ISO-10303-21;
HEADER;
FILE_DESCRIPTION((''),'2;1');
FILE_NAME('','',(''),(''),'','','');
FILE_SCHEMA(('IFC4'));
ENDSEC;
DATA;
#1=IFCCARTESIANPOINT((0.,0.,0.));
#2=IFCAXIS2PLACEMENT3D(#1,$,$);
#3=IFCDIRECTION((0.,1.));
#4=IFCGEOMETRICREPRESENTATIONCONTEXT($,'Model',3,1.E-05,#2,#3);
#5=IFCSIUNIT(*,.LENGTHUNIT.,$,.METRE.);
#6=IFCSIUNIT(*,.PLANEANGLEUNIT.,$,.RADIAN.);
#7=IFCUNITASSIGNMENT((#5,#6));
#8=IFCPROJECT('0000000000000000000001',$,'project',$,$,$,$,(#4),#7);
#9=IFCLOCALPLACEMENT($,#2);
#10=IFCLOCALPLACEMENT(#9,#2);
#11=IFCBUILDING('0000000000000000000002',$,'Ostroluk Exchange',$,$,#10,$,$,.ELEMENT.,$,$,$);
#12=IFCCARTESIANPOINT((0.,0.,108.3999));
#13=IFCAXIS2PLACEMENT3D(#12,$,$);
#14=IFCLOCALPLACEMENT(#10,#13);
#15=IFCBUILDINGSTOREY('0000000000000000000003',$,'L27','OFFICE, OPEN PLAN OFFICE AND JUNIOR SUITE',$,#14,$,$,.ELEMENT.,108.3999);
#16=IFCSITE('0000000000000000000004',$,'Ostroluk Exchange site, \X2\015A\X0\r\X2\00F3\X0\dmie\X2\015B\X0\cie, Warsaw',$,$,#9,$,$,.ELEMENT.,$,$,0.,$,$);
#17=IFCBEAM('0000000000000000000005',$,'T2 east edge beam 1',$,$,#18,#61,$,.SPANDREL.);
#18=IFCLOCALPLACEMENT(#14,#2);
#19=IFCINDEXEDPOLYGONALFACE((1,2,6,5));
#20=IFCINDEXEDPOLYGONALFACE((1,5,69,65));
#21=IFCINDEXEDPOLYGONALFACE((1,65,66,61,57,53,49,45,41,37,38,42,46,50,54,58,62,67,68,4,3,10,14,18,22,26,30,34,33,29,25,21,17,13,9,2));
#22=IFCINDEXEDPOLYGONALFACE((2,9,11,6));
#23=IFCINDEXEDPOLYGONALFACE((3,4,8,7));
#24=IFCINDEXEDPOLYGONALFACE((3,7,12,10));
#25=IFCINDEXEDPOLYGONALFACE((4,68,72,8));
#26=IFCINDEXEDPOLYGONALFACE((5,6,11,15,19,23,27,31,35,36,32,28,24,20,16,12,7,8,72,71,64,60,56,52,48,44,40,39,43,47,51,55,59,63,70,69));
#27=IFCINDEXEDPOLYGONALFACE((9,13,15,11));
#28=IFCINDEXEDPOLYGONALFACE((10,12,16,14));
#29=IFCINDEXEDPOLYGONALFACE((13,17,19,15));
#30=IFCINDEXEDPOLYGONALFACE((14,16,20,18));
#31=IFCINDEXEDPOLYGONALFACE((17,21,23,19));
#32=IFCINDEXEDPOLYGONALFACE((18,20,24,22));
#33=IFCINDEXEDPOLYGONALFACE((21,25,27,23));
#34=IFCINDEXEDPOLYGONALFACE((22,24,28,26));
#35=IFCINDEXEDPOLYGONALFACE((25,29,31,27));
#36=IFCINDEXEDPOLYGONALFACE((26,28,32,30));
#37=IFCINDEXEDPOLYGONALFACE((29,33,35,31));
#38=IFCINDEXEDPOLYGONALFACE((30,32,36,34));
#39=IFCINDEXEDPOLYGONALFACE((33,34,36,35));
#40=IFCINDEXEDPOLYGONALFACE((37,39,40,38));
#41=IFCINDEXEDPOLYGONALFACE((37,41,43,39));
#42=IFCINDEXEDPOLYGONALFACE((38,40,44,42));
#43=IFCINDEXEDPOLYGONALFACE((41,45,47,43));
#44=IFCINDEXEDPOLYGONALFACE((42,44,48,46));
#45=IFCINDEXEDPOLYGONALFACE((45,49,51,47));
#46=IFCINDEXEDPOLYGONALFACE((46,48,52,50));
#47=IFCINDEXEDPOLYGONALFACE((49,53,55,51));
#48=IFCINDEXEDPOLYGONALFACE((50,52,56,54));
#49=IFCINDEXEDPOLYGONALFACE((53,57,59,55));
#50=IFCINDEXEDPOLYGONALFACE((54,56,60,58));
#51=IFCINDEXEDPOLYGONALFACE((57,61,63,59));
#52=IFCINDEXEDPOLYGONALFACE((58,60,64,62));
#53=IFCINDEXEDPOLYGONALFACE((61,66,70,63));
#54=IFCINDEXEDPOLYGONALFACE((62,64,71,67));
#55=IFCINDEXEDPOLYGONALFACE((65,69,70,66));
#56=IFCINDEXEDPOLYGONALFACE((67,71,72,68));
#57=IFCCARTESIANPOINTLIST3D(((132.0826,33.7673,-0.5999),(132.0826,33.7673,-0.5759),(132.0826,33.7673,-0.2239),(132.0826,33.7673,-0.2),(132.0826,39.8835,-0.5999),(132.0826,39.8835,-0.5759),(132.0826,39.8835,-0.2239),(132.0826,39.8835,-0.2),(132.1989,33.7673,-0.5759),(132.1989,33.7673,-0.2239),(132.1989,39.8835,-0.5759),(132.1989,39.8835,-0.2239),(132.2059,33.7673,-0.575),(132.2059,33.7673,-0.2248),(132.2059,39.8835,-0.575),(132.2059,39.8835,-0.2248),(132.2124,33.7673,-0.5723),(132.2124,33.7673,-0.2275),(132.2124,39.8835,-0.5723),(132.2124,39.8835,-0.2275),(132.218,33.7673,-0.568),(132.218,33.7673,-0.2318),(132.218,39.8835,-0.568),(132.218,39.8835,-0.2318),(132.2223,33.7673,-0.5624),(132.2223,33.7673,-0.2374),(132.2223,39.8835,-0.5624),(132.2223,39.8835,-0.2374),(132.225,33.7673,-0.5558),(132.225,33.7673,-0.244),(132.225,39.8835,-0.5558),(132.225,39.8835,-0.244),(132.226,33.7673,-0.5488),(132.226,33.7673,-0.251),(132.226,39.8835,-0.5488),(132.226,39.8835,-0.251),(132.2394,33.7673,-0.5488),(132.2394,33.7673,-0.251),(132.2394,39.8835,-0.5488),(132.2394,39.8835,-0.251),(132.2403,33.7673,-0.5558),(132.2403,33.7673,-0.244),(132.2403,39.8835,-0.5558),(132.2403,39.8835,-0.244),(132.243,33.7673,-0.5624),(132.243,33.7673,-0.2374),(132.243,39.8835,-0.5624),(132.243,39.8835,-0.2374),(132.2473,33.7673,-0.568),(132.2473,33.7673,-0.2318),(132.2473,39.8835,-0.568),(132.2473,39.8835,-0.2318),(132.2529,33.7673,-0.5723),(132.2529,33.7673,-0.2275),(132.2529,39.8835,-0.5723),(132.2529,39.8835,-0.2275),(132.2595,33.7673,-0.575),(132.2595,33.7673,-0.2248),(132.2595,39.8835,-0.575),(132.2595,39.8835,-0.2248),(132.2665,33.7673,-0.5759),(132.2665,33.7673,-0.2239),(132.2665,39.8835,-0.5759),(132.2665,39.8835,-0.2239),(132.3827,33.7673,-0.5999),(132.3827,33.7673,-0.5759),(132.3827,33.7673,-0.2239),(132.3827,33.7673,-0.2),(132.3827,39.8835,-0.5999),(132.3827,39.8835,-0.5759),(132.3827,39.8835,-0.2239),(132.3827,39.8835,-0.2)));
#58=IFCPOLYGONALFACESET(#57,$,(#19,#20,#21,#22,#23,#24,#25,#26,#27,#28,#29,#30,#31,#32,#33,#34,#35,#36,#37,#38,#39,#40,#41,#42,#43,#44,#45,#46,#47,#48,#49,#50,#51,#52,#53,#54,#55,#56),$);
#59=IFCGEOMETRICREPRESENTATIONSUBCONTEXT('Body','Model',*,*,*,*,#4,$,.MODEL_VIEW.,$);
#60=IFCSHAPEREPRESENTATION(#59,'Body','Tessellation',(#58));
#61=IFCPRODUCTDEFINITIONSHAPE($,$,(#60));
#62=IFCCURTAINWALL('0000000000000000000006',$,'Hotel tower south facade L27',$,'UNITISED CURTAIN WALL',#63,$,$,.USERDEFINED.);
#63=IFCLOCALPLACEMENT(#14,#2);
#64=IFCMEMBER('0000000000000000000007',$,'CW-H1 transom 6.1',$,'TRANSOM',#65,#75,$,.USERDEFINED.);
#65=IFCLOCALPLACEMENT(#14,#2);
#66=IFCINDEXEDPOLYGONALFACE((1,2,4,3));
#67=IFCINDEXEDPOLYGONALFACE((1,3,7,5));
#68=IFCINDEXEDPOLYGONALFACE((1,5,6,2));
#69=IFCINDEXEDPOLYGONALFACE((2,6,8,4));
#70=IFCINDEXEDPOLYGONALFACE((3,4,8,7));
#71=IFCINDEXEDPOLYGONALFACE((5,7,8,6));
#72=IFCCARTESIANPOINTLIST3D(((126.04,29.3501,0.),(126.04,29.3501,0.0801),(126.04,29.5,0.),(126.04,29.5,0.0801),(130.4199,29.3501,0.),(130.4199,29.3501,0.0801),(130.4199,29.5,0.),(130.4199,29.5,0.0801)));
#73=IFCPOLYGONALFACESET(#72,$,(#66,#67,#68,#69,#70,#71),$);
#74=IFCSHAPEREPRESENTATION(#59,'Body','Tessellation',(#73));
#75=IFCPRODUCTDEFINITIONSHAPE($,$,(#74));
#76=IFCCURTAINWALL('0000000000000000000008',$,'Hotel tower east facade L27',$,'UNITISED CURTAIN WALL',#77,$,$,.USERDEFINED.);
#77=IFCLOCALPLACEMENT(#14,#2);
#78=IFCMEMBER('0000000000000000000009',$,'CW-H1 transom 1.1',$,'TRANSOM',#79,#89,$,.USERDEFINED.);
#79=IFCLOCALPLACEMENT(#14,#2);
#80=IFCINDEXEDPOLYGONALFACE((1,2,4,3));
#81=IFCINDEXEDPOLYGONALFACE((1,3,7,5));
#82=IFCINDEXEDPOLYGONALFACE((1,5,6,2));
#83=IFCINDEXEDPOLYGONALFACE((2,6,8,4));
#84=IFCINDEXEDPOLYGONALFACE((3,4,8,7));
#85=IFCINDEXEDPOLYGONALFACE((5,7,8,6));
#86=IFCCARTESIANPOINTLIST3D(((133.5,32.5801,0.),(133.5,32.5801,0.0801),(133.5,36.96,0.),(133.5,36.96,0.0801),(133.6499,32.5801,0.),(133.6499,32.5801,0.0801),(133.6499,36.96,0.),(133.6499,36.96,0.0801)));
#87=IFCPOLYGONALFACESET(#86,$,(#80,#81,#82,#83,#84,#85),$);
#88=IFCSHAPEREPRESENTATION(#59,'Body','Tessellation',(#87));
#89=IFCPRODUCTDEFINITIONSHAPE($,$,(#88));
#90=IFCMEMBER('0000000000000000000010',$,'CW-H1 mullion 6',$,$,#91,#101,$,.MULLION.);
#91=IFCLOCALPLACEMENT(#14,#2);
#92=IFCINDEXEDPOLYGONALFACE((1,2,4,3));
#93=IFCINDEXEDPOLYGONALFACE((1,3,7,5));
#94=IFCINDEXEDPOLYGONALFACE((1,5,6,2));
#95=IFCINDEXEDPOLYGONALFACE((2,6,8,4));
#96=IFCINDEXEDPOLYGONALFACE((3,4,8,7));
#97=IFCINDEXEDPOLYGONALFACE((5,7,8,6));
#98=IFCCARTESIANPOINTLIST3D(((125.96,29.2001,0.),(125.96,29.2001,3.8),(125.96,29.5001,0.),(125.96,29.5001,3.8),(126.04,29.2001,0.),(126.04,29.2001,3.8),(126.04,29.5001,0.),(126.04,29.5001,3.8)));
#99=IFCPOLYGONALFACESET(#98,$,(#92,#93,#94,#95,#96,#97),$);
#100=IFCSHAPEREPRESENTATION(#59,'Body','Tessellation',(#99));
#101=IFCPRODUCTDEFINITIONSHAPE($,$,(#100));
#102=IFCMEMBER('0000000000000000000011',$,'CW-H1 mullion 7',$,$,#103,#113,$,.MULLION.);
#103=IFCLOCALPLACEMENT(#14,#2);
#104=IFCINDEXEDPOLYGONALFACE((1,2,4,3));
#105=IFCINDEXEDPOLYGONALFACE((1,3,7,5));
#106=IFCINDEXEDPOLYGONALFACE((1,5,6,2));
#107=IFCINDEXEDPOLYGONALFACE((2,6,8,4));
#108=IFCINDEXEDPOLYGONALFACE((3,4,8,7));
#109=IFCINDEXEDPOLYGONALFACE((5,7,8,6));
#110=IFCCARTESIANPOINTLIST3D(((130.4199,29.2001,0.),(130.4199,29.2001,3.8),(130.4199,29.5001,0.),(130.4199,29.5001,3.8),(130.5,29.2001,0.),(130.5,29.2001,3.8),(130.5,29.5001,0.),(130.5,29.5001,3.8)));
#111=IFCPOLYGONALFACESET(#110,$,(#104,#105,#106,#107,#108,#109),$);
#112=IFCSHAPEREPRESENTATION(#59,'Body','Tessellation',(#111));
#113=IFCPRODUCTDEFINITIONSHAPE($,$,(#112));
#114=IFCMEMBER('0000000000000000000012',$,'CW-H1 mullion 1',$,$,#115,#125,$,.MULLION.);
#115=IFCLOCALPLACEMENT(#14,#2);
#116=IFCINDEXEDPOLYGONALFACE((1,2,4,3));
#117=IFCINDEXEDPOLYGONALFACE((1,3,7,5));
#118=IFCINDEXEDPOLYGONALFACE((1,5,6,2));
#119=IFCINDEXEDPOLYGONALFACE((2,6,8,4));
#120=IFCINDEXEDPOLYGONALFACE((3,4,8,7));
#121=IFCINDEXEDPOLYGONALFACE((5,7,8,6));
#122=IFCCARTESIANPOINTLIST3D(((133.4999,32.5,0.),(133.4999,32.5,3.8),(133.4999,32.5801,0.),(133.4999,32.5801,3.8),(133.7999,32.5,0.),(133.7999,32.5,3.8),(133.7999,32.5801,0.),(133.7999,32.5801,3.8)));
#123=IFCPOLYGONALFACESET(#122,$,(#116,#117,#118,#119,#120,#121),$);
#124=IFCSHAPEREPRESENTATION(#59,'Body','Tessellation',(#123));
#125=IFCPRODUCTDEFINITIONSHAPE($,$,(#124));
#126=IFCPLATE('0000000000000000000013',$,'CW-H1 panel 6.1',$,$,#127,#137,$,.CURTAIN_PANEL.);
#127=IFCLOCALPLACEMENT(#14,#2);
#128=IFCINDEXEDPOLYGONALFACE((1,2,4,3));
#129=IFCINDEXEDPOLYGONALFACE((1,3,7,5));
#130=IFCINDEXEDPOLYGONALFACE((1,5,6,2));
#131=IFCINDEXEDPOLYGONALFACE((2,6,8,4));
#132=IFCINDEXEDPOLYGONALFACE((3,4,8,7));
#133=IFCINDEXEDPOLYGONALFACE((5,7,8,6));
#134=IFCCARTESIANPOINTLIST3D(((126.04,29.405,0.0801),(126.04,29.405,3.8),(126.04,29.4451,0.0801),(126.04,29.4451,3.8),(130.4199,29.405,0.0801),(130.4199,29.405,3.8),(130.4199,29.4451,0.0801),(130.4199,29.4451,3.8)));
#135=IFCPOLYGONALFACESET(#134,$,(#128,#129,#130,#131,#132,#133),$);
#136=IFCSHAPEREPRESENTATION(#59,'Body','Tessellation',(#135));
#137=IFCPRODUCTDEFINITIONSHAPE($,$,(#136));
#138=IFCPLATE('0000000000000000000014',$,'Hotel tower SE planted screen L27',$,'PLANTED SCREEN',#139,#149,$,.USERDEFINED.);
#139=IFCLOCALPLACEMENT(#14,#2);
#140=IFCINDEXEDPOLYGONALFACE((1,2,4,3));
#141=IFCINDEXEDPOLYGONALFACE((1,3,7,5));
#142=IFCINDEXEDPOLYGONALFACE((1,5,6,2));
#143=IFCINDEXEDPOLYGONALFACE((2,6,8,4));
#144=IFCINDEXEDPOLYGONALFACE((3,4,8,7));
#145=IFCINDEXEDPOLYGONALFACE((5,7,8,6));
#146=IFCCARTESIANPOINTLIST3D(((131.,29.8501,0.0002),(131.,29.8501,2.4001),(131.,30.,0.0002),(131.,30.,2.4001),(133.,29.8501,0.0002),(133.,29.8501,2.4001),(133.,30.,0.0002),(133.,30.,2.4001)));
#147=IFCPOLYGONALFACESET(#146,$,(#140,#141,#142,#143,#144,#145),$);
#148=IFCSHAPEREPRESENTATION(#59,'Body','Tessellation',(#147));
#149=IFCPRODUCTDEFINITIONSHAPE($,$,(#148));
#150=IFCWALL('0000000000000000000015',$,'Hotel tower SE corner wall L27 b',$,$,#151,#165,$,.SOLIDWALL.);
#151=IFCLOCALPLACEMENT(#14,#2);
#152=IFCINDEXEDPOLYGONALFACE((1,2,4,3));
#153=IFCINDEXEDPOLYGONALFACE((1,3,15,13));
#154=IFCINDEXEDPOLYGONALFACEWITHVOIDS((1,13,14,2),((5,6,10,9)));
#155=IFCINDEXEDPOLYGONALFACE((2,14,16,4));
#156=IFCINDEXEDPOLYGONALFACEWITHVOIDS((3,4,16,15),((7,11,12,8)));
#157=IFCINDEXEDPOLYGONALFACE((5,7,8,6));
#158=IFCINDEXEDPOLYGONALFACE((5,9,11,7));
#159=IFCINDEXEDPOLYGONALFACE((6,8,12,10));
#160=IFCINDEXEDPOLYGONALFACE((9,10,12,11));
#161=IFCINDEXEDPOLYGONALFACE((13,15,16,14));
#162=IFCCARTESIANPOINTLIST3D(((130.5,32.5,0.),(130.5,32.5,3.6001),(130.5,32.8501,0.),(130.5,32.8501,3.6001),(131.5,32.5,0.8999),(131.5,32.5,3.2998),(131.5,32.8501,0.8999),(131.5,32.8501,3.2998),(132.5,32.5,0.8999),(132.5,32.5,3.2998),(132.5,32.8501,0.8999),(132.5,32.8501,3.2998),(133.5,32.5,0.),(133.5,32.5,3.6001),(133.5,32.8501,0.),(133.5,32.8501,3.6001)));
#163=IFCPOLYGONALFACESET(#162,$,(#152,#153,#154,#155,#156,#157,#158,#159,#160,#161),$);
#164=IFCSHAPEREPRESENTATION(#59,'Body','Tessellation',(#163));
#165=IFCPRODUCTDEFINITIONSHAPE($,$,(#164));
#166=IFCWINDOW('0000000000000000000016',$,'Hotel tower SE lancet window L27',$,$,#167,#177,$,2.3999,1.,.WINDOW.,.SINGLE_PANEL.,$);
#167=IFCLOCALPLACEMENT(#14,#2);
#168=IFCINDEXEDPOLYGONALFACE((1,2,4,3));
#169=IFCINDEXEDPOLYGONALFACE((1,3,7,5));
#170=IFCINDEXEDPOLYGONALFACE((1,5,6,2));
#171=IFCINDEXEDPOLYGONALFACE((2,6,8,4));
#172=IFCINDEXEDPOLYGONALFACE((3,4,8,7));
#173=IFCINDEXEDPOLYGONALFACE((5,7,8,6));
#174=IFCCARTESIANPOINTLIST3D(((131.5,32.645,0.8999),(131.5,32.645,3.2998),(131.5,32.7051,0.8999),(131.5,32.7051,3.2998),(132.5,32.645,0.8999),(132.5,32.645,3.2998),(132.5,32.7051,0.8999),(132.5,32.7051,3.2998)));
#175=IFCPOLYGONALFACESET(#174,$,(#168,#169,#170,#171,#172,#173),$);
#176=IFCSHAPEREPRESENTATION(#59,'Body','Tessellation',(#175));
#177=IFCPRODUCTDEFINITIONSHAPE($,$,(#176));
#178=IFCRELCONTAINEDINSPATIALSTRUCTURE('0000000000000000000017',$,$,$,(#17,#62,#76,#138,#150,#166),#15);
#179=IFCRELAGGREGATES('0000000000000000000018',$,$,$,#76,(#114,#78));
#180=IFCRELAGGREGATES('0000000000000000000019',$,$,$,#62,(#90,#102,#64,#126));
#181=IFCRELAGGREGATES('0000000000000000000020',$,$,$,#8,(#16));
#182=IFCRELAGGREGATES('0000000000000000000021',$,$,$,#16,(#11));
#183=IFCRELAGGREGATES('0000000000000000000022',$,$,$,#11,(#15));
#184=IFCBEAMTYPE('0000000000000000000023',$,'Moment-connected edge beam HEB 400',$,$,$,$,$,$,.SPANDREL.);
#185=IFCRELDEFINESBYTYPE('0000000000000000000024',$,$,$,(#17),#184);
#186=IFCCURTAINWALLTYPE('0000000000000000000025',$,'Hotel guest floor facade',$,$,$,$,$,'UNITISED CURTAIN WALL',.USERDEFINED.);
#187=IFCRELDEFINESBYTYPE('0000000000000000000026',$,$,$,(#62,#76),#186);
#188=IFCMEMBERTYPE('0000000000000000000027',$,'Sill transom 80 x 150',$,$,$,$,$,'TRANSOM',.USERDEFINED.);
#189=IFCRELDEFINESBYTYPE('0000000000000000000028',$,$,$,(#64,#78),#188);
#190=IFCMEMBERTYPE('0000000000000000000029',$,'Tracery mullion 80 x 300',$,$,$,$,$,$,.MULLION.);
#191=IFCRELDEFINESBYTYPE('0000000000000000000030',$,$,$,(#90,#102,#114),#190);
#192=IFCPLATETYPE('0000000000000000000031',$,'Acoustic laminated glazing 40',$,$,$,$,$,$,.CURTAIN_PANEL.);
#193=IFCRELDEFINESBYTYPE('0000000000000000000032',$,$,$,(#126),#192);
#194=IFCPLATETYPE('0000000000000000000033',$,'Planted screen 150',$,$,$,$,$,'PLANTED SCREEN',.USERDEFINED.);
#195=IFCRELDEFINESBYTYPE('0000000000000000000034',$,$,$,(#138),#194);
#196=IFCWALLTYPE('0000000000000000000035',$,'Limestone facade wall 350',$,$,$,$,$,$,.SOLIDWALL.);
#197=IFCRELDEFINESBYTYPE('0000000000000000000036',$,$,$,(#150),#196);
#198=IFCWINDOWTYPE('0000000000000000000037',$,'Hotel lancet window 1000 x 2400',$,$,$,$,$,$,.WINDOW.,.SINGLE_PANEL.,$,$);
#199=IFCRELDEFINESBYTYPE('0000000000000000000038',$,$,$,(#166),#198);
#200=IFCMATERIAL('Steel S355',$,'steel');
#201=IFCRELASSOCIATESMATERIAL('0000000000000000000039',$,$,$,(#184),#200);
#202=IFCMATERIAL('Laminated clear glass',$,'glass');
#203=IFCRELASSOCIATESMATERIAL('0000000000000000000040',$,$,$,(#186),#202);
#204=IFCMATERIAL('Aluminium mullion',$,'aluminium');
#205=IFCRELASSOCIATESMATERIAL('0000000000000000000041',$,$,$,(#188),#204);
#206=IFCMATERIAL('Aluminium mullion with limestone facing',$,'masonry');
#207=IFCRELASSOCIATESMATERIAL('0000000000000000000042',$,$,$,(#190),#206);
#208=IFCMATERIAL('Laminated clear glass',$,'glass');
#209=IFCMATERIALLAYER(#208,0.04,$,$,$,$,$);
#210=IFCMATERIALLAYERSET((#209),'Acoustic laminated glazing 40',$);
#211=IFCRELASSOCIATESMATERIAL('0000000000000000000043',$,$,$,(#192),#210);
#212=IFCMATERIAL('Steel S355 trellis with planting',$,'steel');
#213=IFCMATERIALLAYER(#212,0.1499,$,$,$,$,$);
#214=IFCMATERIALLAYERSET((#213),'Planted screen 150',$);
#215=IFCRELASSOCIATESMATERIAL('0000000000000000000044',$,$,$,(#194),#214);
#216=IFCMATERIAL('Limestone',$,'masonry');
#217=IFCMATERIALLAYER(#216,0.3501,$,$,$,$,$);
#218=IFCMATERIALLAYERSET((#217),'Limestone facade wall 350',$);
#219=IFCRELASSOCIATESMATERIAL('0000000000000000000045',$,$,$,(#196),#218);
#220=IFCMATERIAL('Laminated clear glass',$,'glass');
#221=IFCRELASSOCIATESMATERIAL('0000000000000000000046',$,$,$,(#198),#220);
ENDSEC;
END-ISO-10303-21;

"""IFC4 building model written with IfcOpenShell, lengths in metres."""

from ifc_helpers import new_model, si_unit, direction, frame, frame_2d, origin, origin_2d, place, context, subcontext, project, spatial, rectangle, i_section, extrude, material, layer, layer_set, material_profile, profile_set, type_object, element, fill, aggregate, save


model = new_model("IFC4")

# Units and contexts
model_context = context("Model", 3, precision=1e-05, world=origin(), true_north=direction((0.0, 1.0)))
body_context = subcontext(model_context, "Body", "Model", "MODEL_VIEW")
ifc_project = project(units=[si_unit("LENGTHUNIT", "METRE"), si_unit("PLANEANGLEUNIT", "RADIAN")], contexts=[model_context])

# Site, building, storey
site_placement = place(None, origin())
site = spatial("IfcSite", under=ifc_project, at=site_placement, Name="Ostroluk Exchange site, Śródmieście, Warsaw", CompositionType="ELEMENT", RefElevation=0.0)
building_placement = place(site_placement, origin())
building = spatial("IfcBuilding", under=site, at=building_placement, Name="Ostroluk Exchange", CompositionType="ELEMENT")
storey_placement = place(building_placement, frame((0.0, 0.0, 108.3999)))
storey = spatial("IfcBuildingStorey", under=building, at=storey_placement, Name="L27", Description="OFFICE, OPEN PLAN OFFICE AND JUNIOR SUITE", CompositionType="ELEMENT", Elevation=108.3999)

# Beam
ifc_material_1 = material(Name="Steel S355", Category="steel")
ifc_material_profile_1 = material_profile(ifc_material_1, i_section(OverallWidth=0.3, OverallDepth=0.3999, WebThickness=0.0134, FlangeThickness=0.0239, FilletRadius=0.0271, at=origin_2d()), Name="HEB 400")
ifc_profile_set_1 = profile_set([ifc_material_profile_1], Name="Steel S355")
beam_type_1 = type_object("IfcBeamType", Name="Moment-connected edge beam HEB 400", PredefinedType="SPANDREL", material=ifc_profile_set_1)
beam_1_placement = place(storey_placement, frame((132.2327, 33.7673, -0.3999), z_axis=(0.0, 1.0, 0.0), x_axis=(-1.0, 0.0, 0.0)))
element("IfcBeam", 1, at=beam_1_placement, inside=storey, type_object=beam_type_1, Name="T2 east edge beam 1", PredefinedType="SPANDREL", context=body_context, shape_type="SweptSolid", body=[
    extrude(i_section(OverallWidth=0.3, OverallDepth=0.3999, WebThickness=0.0134, FlangeThickness=0.0239, FilletRadius=0.0271, at=origin_2d()), origin(), (0.0, 0.0, 1.0), 6.1162),
])

# Curtain walls, members
ifc_material_2 = material(Name="Laminated clear glass", Category="glass")
curtain_wall_type = type_object("IfcCurtainWallType", Name="Hotel guest floor facade", ElementType="UNITISED CURTAIN WALL", PredefinedType="USERDEFINED", material=ifc_material_2)
curtain_wall_1_placement = place(storey_placement, origin())
curtain_wall_1 = element("IfcCurtainWall", 2, at=curtain_wall_1_placement, inside=storey, type_object=curtain_wall_type, Name="Hotel tower south facade L27", ObjectType="UNITISED CURTAIN WALL", PredefinedType="USERDEFINED")
ifc_material_3 = material(Name="Aluminium mullion", Category="aluminium")
ifc_material_profile_2 = material_profile(ifc_material_3, rectangle(XDim=0.1499, YDim=0.0801, at=origin_2d()), Name="Sill transom 80 x 150")
ifc_profile_set_2 = profile_set([ifc_material_profile_2], Name="Aluminium mullion")
member_type_1 = type_object("IfcMemberType", Name="Sill transom 80 x 150", ElementType="TRANSOM", PredefinedType="USERDEFINED", material=ifc_profile_set_2)
member_1_placement = place(storey_placement, frame((126.04, 29.425, 0.04), z_axis=(1.0, 0.0, 0.0), x_axis=(0.0, 1.0, 0.0)))
member_1 = element("IfcMember", 3, at=member_1_placement, type_object=member_type_1, Name="CW-H1 transom 6.1", ObjectType="TRANSOM", PredefinedType="USERDEFINED", context=body_context, shape_type="SweptSolid", body=[
    extrude(rectangle(XDim=0.1499, YDim=0.0801, at=origin_2d()), origin(), (0.0, 0.0, 1.0), 4.3799),
])
curtain_wall_2_placement = place(storey_placement, origin())
curtain_wall_2 = element("IfcCurtainWall", 4, at=curtain_wall_2_placement, inside=storey, type_object=curtain_wall_type, Name="Hotel tower east facade L27", ObjectType="UNITISED CURTAIN WALL", PredefinedType="USERDEFINED")
member_2_placement = place(storey_placement, frame((133.575, 32.5801, 0.04), z_axis=(0.0, 1.0, 0.0), x_axis=(-1.0, 0.0, 0.0)))
member_2 = element("IfcMember", 5, at=member_2_placement, type_object=member_type_1, Name="CW-H1 transom 1.1", ObjectType="TRANSOM", PredefinedType="USERDEFINED", context=body_context, shape_type="SweptSolid", body=[
    extrude(rectangle(XDim=0.1499, YDim=0.0801, at=origin_2d()), origin(), (0.0, 0.0, 1.0), 4.3799),
])

# Members
ifc_material_4 = material(Name="Aluminium mullion with limestone facing", Category="masonry")
ifc_material_profile_3 = material_profile(ifc_material_4, rectangle(XDim=0.3, YDim=0.0801, at=origin_2d()), Name="Tracery mullion 80 x 300")
ifc_profile_set_3 = profile_set([ifc_material_profile_3], Name="Aluminium mullion with limestone facing")
member_type_2 = type_object("IfcMemberType", Name="Tracery mullion 80 x 300", PredefinedType="MULLION", material=ifc_profile_set_3)
member_3_placement = place(storey_placement, frame((126.0, 29.3501, 0.0), z_axis=(0.0, 0.0, 1.0), x_axis=(0.0, 1.0, 0.0)))
member_3 = element("IfcMember", 6, at=member_3_placement, type_object=member_type_2, Name="CW-H1 mullion 6", PredefinedType="MULLION", context=body_context, shape_type="SweptSolid", body=[
    extrude(rectangle(XDim=0.3, YDim=0.0801, at=origin_2d()), origin(), (0.0, 0.0, 1.0), 3.8),
])
member_4_placement = place(storey_placement, frame((130.46, 29.3501, 0.0), z_axis=(0.0, 0.0, 1.0), x_axis=(0.0, 1.0, 0.0)))
member_4 = element("IfcMember", 7, at=member_4_placement, type_object=member_type_2, Name="CW-H1 mullion 7", PredefinedType="MULLION", context=body_context, shape_type="SweptSolid", body=[
    extrude(rectangle(XDim=0.3, YDim=0.0801, at=origin_2d()), origin(), (0.0, 0.0, 1.0), 3.8),
])
member_5_placement = place(storey_placement, frame((133.6499, 32.54, 0.0), z_axis=(0.0, 0.0, 1.0), x_axis=(-1.0, 0.0, 0.0)))
member_5 = element("IfcMember", 8, at=member_5_placement, type_object=member_type_2, Name="CW-H1 mullion 1", PredefinedType="MULLION", context=body_context, shape_type="SweptSolid", body=[
    extrude(rectangle(XDim=0.3, YDim=0.0801, at=origin_2d()), origin(), (0.0, 0.0, 1.0), 3.8),
])
aggregate(curtain_wall_2, [member_5, member_2])

# Plates
ifc_material_5 = material(Name="Laminated clear glass", Category="glass")
ifc_layer_1 = layer(ifc_material_5, 0.04)
ifc_layer_set_1 = layer_set([ifc_layer_1], Name="Acoustic laminated glazing 40")
plate_type_1 = type_object("IfcPlateType", Name="Acoustic laminated glazing 40", PredefinedType="CURTAIN_PANEL", material=ifc_layer_set_1)
plate_1_placement = place(storey_placement, frame((128.23, 29.425, 0.0801), z_axis=(0.0, 0.0, 1.0), x_axis=(1.0, 0.0, 0.0)))
plate_1 = element("IfcPlate", 9, at=plate_1_placement, type_object=plate_type_1, Name="CW-H1 panel 6.1", PredefinedType="CURTAIN_PANEL", context=body_context, shape_type="SweptSolid", body=[
    extrude(rectangle(XDim=4.3799, YDim=0.04, at=origin_2d()), origin(), (0.0, 0.0, 1.0), 3.72),
])
aggregate(curtain_wall_1, [member_3, member_4, member_1, plate_1])
ifc_material_6 = material(Name="Steel S355 trellis with planting", Category="steel")
ifc_layer_2 = layer(ifc_material_6, 0.1499)
ifc_layer_set_2 = layer_set([ifc_layer_2], Name="Planted screen 150")
plate_type_2 = type_object("IfcPlateType", Name="Planted screen 150", ElementType="PLANTED SCREEN", PredefinedType="USERDEFINED", material=ifc_layer_set_2)
plate_2_placement = place(storey_placement, frame((132.0, 29.925, 0.0002), z_axis=(0.0, 0.0, 1.0), x_axis=(1.0, 0.0, 0.0)))
element("IfcPlate", 10, at=plate_2_placement, inside=storey, type_object=plate_type_2, Name="Hotel tower SE planted screen L27", ObjectType="PLANTED SCREEN", PredefinedType="USERDEFINED", context=body_context, shape_type="SweptSolid", body=[
    extrude(rectangle(XDim=2.0, YDim=0.1499, at=origin_2d()), origin(), (0.0, 0.0, 1.0), 2.3999),
])

# Shared definitions
ifc_material_7 = material(Name="Limestone", Category="masonry")
ifc_layer_3 = layer(ifc_material_7, 0.3501)
ifc_layer_set_3 = layer_set([ifc_layer_3], Name="Limestone facade wall 350")
wall_type_1 = type_object("IfcWallType", Name="Limestone facade wall 350", PredefinedType="SOLIDWALL", material=ifc_layer_set_3)

# Wall, opening, window
wall_1_placement = place(storey_placement, frame((130.5, 32.675, 0.0), z_axis=(0.0, 0.0, 1.0), x_axis=(1.0, 0.0, 0.0)))
wall_1 = element("IfcWall", 11, at=wall_1_placement, inside=storey, type_object=wall_type_1, Name="Hotel tower SE corner wall L27 b", PredefinedType="SOLIDWALL", context=body_context, shape_type="SweptSolid", body=[
    extrude(rectangle(XDim=3.0, YDim=0.3501, at=frame_2d((1.5, 0.0))), origin(), (0.0, 0.0, 1.0), 3.6001),
])
opening_1_placement = place(wall_1_placement, frame((1.0, 0.0, 0.8999)))
opening_1 = element("IfcOpeningElement", 12, at=opening_1_placement, cuts=wall_1, PredefinedType="OPENING", context=body_context, shape_type="SweptSolid", body=[
    extrude(rectangle(XDim=1.0, YDim=2.3999, at=frame_2d((0.5, 1.2))), frame((0.0, 0.1851, 0.0), z_axis=(0.0, -1.0, 0.0), x_axis=(1.0, 0.0, 0.0)), (0.0, 0.0, 1.0), 0.3701),
])
ifc_material_8 = material(Name="Laminated clear glass", Category="glass")
window_type = type_object("IfcWindowType", Name="Hotel lancet window 1000 x 2400", PartitioningType="SINGLE_PANEL", PredefinedType="WINDOW", material=ifc_material_8)
window_placement = place(opening_1_placement, origin())
window = element("IfcWindow", 13, at=window_placement, inside=storey, type_object=window_type, Name="Hotel tower SE lancet window L27", OverallHeight=2.3999, OverallWidth=1.0, PartitioningType="SINGLE_PANEL", PredefinedType="WINDOW", context=body_context, shape_type="SweptSolid", body=[
    extrude(rectangle(XDim=1.0, YDim=2.3999, at=frame_2d((0.5, 1.2))), frame((0.0, 0.03, 0.0), z_axis=(0.0, -1.0, 0.0), x_axis=(1.0, 0.0, 0.0)), (0.0, 0.0, 1.0), 0.0601),
])
fill(opening_1, window)

save(model, "model.ifc")
